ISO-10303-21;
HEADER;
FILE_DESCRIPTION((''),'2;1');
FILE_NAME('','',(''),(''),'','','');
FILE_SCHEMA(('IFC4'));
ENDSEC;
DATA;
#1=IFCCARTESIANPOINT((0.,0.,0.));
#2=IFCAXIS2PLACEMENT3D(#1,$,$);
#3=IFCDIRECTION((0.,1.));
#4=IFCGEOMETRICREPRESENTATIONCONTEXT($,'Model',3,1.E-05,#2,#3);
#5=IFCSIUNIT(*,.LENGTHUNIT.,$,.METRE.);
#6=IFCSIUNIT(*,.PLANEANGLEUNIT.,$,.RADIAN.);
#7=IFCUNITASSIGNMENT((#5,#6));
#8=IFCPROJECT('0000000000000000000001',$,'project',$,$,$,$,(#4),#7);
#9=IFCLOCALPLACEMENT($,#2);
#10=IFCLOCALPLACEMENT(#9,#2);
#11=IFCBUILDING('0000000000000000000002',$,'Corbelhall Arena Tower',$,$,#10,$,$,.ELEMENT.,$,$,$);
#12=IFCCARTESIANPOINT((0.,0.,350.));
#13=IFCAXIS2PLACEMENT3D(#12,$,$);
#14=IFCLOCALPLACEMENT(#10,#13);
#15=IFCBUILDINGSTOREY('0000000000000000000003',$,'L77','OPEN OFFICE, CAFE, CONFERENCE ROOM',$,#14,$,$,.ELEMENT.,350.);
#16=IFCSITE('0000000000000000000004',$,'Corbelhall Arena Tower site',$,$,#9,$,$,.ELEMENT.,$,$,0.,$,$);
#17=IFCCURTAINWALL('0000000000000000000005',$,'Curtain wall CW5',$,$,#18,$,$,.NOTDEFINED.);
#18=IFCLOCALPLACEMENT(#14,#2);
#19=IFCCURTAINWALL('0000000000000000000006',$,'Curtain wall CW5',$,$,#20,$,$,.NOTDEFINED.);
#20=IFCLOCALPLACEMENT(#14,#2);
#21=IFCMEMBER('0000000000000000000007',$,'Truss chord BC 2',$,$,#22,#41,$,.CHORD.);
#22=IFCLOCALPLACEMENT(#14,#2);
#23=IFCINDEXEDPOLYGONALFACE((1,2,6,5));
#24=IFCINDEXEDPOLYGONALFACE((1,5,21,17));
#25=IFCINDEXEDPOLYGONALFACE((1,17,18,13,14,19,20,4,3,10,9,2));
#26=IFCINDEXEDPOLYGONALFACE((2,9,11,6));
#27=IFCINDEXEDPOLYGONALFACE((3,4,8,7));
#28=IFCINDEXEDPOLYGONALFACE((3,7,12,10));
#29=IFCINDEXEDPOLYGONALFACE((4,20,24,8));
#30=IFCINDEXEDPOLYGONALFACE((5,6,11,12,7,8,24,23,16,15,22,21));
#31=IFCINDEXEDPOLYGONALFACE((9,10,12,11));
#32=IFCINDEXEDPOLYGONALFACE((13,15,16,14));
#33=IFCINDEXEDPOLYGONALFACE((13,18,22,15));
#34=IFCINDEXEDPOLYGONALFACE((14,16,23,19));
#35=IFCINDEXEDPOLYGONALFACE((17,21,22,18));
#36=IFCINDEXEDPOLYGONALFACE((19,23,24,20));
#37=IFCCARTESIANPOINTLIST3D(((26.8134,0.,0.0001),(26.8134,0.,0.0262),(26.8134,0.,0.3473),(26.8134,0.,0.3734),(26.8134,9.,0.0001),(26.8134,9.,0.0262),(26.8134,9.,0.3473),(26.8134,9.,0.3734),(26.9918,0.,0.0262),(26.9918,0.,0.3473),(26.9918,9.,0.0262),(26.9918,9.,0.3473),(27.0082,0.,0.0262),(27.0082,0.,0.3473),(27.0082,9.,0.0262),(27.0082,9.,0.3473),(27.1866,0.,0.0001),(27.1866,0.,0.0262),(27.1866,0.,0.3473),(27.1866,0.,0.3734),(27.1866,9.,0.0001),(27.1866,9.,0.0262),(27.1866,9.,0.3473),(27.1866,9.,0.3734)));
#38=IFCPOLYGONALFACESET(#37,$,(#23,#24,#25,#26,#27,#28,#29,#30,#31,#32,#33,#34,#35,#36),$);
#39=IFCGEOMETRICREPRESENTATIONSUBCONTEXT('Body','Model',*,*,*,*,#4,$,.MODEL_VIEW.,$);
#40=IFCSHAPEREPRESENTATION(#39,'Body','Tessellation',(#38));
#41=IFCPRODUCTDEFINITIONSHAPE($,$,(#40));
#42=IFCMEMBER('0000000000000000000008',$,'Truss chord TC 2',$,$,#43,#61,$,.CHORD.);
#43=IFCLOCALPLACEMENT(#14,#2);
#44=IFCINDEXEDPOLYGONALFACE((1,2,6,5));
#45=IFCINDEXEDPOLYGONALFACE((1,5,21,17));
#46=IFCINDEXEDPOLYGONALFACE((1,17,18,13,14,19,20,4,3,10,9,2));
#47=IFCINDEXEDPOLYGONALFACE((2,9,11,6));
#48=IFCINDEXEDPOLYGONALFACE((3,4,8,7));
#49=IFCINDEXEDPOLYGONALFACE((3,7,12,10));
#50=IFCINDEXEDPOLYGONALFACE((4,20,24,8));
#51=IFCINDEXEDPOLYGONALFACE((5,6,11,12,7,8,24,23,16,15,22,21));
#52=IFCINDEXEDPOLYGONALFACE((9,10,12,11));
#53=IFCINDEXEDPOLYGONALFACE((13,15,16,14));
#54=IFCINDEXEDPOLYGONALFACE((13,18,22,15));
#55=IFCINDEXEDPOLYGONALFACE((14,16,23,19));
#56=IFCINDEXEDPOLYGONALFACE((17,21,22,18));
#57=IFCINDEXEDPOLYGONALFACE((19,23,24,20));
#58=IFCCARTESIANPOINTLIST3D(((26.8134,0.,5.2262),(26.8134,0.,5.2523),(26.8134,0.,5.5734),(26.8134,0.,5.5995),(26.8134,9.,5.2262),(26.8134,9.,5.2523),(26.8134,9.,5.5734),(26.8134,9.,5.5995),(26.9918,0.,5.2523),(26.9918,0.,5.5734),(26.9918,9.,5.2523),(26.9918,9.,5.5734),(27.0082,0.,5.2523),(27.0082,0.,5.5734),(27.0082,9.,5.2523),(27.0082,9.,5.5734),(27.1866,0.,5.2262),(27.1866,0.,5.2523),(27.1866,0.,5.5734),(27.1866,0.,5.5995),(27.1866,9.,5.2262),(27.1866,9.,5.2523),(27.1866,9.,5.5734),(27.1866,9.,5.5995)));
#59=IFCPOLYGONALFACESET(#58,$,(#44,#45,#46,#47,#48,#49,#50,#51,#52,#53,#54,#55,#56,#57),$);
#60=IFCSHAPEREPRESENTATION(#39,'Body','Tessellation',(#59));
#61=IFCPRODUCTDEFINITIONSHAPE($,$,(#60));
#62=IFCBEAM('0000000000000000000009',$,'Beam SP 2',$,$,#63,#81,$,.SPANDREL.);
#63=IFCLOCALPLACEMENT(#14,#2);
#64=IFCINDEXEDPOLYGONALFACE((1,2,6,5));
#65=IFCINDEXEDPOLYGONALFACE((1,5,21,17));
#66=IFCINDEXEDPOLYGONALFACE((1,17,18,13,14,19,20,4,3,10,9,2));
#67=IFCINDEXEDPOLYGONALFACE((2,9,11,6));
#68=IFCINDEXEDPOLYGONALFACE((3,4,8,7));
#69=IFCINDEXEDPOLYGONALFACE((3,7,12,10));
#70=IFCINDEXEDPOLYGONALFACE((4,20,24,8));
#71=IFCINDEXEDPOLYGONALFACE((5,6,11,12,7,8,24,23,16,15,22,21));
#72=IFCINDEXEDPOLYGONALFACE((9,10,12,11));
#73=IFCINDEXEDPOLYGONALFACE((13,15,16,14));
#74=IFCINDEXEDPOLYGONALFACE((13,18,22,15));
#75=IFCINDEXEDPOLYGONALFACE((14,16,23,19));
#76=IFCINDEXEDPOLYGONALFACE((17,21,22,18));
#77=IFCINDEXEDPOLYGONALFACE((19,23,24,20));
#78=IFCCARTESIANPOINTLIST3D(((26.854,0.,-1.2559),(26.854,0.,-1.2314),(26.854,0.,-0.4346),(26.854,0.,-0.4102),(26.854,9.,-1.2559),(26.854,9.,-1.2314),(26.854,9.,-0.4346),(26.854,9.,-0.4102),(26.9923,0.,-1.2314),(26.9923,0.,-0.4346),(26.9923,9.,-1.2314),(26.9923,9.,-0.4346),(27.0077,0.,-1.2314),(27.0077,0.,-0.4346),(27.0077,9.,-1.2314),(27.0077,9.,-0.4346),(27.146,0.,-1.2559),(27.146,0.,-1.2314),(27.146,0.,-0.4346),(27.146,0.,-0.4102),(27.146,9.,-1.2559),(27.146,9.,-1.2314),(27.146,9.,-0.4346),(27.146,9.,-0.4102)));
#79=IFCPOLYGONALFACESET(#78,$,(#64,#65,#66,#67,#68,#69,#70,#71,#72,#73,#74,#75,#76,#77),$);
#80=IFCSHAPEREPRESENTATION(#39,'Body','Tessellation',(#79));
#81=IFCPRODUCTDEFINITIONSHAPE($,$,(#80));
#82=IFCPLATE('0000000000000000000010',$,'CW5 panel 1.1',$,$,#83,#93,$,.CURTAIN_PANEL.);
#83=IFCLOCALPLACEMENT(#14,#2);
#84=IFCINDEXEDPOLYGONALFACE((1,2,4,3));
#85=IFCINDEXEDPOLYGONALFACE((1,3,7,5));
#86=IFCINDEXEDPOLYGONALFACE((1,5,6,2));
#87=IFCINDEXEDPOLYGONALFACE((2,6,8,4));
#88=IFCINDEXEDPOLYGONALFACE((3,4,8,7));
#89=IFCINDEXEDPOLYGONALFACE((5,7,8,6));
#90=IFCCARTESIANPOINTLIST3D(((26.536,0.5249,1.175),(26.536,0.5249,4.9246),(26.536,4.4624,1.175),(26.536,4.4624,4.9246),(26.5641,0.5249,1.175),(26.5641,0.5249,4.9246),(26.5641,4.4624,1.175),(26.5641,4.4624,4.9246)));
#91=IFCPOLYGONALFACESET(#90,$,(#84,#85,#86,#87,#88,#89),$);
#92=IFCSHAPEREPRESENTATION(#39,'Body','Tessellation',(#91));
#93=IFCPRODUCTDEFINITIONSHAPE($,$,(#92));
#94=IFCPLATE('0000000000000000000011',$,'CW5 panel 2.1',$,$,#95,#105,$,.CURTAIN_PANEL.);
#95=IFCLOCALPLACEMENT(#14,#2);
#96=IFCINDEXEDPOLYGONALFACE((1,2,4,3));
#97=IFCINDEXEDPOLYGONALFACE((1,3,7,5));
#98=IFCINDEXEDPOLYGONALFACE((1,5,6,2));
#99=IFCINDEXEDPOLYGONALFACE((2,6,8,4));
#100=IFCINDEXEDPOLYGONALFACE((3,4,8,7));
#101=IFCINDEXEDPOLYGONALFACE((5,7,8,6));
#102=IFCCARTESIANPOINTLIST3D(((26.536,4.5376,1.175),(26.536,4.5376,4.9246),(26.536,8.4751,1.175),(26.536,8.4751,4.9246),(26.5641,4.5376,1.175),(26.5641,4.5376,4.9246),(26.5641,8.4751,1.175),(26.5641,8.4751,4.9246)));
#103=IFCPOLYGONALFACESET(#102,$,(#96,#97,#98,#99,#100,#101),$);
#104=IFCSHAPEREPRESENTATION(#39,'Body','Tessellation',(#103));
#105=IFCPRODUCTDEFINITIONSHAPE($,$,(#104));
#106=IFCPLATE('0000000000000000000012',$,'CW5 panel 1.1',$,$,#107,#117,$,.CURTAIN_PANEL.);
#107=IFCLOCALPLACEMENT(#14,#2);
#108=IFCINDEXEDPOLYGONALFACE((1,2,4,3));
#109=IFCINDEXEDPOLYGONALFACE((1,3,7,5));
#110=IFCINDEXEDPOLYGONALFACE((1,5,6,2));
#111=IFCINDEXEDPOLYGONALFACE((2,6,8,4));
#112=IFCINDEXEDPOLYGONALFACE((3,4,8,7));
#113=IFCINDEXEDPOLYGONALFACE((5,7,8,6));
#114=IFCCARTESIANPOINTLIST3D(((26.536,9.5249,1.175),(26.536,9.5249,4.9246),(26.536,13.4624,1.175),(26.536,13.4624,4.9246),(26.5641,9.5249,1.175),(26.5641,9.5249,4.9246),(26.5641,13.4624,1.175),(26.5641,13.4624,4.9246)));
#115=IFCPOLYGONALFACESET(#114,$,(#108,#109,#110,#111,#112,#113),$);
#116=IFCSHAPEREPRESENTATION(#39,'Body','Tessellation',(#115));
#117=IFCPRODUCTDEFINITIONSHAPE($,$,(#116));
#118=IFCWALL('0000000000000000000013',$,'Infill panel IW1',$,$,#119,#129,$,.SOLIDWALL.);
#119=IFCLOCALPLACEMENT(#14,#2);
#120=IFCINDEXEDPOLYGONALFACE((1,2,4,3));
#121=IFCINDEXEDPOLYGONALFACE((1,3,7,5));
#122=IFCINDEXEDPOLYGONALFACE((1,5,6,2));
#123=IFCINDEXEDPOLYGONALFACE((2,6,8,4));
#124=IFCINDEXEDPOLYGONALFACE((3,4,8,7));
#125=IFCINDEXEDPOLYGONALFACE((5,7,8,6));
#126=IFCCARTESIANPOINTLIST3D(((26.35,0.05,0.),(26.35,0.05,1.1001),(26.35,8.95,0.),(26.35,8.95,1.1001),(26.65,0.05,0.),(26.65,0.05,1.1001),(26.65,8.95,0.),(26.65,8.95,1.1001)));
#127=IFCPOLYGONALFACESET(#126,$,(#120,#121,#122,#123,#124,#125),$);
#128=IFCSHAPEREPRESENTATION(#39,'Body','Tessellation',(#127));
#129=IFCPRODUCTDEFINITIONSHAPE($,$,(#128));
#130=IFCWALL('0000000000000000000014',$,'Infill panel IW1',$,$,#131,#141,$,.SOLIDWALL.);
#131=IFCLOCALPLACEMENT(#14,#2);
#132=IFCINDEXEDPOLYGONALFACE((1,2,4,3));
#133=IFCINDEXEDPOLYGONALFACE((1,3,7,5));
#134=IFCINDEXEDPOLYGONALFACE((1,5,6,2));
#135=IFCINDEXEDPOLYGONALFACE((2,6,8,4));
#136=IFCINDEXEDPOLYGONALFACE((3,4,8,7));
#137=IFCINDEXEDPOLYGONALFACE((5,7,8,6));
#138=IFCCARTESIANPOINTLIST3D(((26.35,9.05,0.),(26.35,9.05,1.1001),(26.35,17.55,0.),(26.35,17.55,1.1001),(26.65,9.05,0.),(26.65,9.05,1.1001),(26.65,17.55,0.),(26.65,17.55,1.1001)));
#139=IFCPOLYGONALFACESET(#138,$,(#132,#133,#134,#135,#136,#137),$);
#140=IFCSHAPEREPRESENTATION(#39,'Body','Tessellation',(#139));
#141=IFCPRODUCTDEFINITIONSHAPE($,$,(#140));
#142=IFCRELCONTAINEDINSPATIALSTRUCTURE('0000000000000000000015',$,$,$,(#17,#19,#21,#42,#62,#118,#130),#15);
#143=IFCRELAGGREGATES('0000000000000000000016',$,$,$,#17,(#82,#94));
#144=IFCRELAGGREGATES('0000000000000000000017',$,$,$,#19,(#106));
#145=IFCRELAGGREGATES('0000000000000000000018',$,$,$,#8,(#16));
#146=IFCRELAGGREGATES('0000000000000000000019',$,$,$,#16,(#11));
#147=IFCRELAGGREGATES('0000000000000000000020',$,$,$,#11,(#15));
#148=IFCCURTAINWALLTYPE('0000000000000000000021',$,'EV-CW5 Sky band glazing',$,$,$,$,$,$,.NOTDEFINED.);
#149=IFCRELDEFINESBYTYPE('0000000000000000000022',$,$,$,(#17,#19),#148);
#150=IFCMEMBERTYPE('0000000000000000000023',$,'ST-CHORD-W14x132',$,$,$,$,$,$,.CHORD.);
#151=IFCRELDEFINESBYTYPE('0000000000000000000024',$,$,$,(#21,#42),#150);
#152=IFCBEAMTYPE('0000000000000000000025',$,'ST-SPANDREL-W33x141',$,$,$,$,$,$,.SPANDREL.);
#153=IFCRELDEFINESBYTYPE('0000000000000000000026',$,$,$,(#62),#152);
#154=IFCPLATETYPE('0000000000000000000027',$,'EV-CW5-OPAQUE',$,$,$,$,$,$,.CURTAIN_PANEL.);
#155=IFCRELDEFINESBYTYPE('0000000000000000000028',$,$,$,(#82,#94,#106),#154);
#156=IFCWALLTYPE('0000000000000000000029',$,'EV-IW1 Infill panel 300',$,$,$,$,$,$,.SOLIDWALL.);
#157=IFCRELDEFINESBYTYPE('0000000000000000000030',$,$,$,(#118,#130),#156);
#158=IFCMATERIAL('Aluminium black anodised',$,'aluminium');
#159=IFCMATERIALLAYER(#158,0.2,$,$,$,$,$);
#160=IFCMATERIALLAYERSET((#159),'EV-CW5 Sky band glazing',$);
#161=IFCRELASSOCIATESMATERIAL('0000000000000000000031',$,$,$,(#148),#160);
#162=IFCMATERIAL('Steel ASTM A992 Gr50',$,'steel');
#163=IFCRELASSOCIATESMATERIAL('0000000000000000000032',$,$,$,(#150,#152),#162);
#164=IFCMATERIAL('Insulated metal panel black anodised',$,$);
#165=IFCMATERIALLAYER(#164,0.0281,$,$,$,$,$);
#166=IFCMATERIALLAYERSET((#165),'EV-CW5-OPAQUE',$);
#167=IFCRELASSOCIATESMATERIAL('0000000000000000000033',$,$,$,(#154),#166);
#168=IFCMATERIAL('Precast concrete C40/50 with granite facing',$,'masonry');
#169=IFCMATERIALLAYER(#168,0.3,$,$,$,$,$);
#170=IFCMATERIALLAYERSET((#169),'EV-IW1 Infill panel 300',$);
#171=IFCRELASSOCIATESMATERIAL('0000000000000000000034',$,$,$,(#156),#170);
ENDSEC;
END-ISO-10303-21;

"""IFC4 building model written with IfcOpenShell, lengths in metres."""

from ifc_helpers import new_model, si_unit, direction, frame, frame_2d, origin, origin_2d, place, context, subcontext, project, spatial, rectangle, i_section, extrude, material, layer, layer_set, material_profile, profile_set, type_object, element, aggregate, save


model = new_model("IFC4")

# Units and contexts
model_context = context("Model", 3, precision=1e-05, world=origin(), true_north=direction((0.0, 1.0)))
body_context = subcontext(model_context, "Body", "Model", "MODEL_VIEW")
ifc_project = project(units=[si_unit("LENGTHUNIT", "METRE"), si_unit("PLANEANGLEUNIT", "RADIAN")], contexts=[model_context])

# Site, building, storey
site_placement = place(None, origin())
site = spatial("IfcSite", under=ifc_project, at=site_placement, Name="Corbelhall Arena Tower site", CompositionType="ELEMENT", RefElevation=0.0)
building_placement = place(site_placement, origin())
building = spatial("IfcBuilding", under=site, at=building_placement, Name="Corbelhall Arena Tower", CompositionType="ELEMENT")
storey_placement = place(building_placement, frame((0.0, 0.0, 350.0)))
storey = spatial("IfcBuildingStorey", under=building, at=storey_placement, Name="L77", Description="OPEN OFFICE, CAFE, CONFERENCE ROOM", CompositionType="ELEMENT", Elevation=350.0)

# Curtain walls
ifc_material_1 = material(Name="Aluminium black anodised", Category="aluminium")
ifc_layer_1 = layer(ifc_material_1, 0.2)
ifc_layer_set_1 = layer_set([ifc_layer_1], Name="EV-CW5 Sky band glazing")
curtain_wall_type = type_object("IfcCurtainWallType", Name="EV-CW5 Sky band glazing", PredefinedType="NOTDEFINED", material=ifc_layer_set_1)
curtain_wall_1_placement = place(storey_placement, origin())
curtain_wall_1 = element("IfcCurtainWall", 1, at=curtain_wall_1_placement, inside=storey, type_object=curtain_wall_type, Name="Curtain wall CW5", PredefinedType="NOTDEFINED")
curtain_wall_2_placement = place(storey_placement, origin())
curtain_wall_2 = element("IfcCurtainWall", 2, at=curtain_wall_2_placement, inside=storey, type_object=curtain_wall_type, Name="Curtain wall CW5", PredefinedType="NOTDEFINED")

# Members
ifc_material_2 = material(Name="Steel ASTM A992 Gr50", Category="steel")
ifc_material_profile_1 = material_profile(ifc_material_2, i_section(OverallWidth=0.3733, OverallDepth=0.3733, WebThickness=0.0164, FlangeThickness=0.0261, at=origin_2d()))
ifc_profile_set_1 = profile_set([ifc_material_profile_1], Name="Steel ASTM A992 Gr50")
member_type_1 = type_object("IfcMemberType", Name="ST-CHORD-W14x132", PredefinedType="CHORD", material=ifc_profile_set_1)
for number, where, z_axis, x_axis, name in (
    (3, (27.0, 9.0, 0.1868), (0.0, -1.0, 0.0), (1.0, 0.0, 0.0), "Truss chord BC 2"),
    (4, (27.0, 9.0, 5.4128), (0.0, -1.0, 0.0), (1.0, 0.0, 0.0), "Truss chord TC 2"),
):
    element("IfcMember", number, at=place(storey_placement, frame(where, z_axis=z_axis, x_axis=x_axis)), inside=storey, type_object=member_type_1, Name=name, PredefinedType="CHORD", context=body_context, shape_type="SweptSolid", body=[
        extrude(i_section(OverallWidth=0.3733, OverallDepth=0.3733, WebThickness=0.0164, FlangeThickness=0.0261, at=origin_2d()), origin(), (0.0, 0.0, 1.0), 9.0),
    ])

# Beam
ifc_material_profile_2 = material_profile(ifc_material_2, i_section(OverallWidth=0.292, OverallDepth=0.8457, WebThickness=0.0154, FlangeThickness=0.0244, at=origin_2d()))
ifc_profile_set_2 = profile_set([ifc_material_profile_2], Name="Steel ASTM A992 Gr50")
beam_type = type_object("IfcBeamType", Name="ST-SPANDREL-W33x141", PredefinedType="SPANDREL", material=ifc_profile_set_2)
beam_placement = place(storey_placement, frame((27.0, 9.0, -0.833), z_axis=(0.0, -1.0, 0.0), x_axis=(1.0, 0.0, 0.0)))
element("IfcBeam", 5, at=beam_placement, inside=storey, type_object=beam_type, Name="Beam SP 2", PredefinedType="SPANDREL", context=body_context, shape_type="SweptSolid", body=[
    extrude(i_section(OverallWidth=0.292, OverallDepth=0.8457, WebThickness=0.0154, FlangeThickness=0.0244, at=origin_2d()), origin(), (0.0, 0.0, 1.0), 9.0),
])

# Plates
ifc_material_3 = material(Name="Insulated metal panel black anodised")
ifc_layer_2 = layer(ifc_material_3, 0.0281)
ifc_layer_set_2 = layer_set([ifc_layer_2], Name="EV-CW5-OPAQUE")
plate_type = type_object("IfcPlateType", Name="EV-CW5-OPAQUE", PredefinedType="CURTAIN_PANEL", material=ifc_layer_set_2)
plate_1_placement = place(storey_placement, frame((26.55, 2.4937, 1.175), z_axis=(0.0, 0.0, 1.0), x_axis=(0.0, 1.0, 0.0)))
plate_1 = element("IfcPlate", 6, at=plate_1_placement, type_object=plate_type, Name="CW5 panel 1.1", PredefinedType="CURTAIN_PANEL", context=body_context, shape_type="SweptSolid", body=[
    extrude(rectangle(XDim=3.9375, YDim=0.0281, at=origin_2d()), origin(), (0.0, 0.0, 1.0), 3.7495),
])
plate_2_placement = place(storey_placement, frame((26.55, 6.5063, 1.175), z_axis=(0.0, 0.0, 1.0), x_axis=(0.0, 1.0, 0.0)))
plate_2 = element("IfcPlate", 7, at=plate_2_placement, type_object=plate_type, Name="CW5 panel 2.1", PredefinedType="CURTAIN_PANEL", context=body_context, shape_type="SweptSolid", body=[
    extrude(rectangle(XDim=3.9375, YDim=0.0281, at=origin_2d()), origin(), (0.0, 0.0, 1.0), 3.7495),
])
aggregate(curtain_wall_1, [plate_1, plate_2])
plate_3_placement = place(storey_placement, frame((26.55, 11.4937, 1.175), z_axis=(0.0, 0.0, 1.0), x_axis=(0.0, 1.0, 0.0)))
plate_3 = element("IfcPlate", 8, at=plate_3_placement, type_object=plate_type, Name="CW5 panel 1.1", PredefinedType="CURTAIN_PANEL", context=body_context, shape_type="SweptSolid", body=[
    extrude(rectangle(XDim=3.9375, YDim=0.0281, at=origin_2d()), origin(), (0.0, 0.0, 1.0), 3.7495),
])
aggregate(curtain_wall_2, [plate_3])

# Walls
ifc_material_4 = material(Name="Precast concrete C40/50 with granite facing", Category="masonry")
ifc_layer_3 = layer(ifc_material_4, 0.3)
ifc_layer_set_3 = layer_set([ifc_layer_3], Name="EV-IW1 Infill panel 300")
wall_type = type_object("IfcWallType", Name="EV-IW1 Infill panel 300", PredefinedType="SOLIDWALL", material=ifc_layer_set_3)
wall_1_placement = place(storey_placement, frame((26.5, 0.05, 0.0), z_axis=(0.0, 0.0, 1.0), x_axis=(0.0, 1.0, 0.0)))
element("IfcWall", 9, at=wall_1_placement, inside=storey, type_object=wall_type, Name="Infill panel IW1", PredefinedType="SOLIDWALL", context=body_context, shape_type="SweptSolid", body=[
    extrude(rectangle(XDim=8.8999, YDim=0.3, at=frame_2d((4.45, 0.0))), origin(), (0.0, 0.0, 1.0), 1.1001),
])
wall_2_placement = place(storey_placement, frame((26.5, 9.05, 0.0), z_axis=(0.0, 0.0, 1.0), x_axis=(0.0, 1.0, 0.0)))
element("IfcWall", 10, at=wall_2_placement, inside=storey, type_object=wall_type, Name="Infill panel IW1", PredefinedType="SOLIDWALL", context=body_context, shape_type="SweptSolid", body=[
    extrude(rectangle(XDim=8.5, YDim=0.3, at=frame_2d((4.25, 0.0))), origin(), (0.0, 0.0, 1.0), 1.1001),
])

save(model, "model.ifc")
